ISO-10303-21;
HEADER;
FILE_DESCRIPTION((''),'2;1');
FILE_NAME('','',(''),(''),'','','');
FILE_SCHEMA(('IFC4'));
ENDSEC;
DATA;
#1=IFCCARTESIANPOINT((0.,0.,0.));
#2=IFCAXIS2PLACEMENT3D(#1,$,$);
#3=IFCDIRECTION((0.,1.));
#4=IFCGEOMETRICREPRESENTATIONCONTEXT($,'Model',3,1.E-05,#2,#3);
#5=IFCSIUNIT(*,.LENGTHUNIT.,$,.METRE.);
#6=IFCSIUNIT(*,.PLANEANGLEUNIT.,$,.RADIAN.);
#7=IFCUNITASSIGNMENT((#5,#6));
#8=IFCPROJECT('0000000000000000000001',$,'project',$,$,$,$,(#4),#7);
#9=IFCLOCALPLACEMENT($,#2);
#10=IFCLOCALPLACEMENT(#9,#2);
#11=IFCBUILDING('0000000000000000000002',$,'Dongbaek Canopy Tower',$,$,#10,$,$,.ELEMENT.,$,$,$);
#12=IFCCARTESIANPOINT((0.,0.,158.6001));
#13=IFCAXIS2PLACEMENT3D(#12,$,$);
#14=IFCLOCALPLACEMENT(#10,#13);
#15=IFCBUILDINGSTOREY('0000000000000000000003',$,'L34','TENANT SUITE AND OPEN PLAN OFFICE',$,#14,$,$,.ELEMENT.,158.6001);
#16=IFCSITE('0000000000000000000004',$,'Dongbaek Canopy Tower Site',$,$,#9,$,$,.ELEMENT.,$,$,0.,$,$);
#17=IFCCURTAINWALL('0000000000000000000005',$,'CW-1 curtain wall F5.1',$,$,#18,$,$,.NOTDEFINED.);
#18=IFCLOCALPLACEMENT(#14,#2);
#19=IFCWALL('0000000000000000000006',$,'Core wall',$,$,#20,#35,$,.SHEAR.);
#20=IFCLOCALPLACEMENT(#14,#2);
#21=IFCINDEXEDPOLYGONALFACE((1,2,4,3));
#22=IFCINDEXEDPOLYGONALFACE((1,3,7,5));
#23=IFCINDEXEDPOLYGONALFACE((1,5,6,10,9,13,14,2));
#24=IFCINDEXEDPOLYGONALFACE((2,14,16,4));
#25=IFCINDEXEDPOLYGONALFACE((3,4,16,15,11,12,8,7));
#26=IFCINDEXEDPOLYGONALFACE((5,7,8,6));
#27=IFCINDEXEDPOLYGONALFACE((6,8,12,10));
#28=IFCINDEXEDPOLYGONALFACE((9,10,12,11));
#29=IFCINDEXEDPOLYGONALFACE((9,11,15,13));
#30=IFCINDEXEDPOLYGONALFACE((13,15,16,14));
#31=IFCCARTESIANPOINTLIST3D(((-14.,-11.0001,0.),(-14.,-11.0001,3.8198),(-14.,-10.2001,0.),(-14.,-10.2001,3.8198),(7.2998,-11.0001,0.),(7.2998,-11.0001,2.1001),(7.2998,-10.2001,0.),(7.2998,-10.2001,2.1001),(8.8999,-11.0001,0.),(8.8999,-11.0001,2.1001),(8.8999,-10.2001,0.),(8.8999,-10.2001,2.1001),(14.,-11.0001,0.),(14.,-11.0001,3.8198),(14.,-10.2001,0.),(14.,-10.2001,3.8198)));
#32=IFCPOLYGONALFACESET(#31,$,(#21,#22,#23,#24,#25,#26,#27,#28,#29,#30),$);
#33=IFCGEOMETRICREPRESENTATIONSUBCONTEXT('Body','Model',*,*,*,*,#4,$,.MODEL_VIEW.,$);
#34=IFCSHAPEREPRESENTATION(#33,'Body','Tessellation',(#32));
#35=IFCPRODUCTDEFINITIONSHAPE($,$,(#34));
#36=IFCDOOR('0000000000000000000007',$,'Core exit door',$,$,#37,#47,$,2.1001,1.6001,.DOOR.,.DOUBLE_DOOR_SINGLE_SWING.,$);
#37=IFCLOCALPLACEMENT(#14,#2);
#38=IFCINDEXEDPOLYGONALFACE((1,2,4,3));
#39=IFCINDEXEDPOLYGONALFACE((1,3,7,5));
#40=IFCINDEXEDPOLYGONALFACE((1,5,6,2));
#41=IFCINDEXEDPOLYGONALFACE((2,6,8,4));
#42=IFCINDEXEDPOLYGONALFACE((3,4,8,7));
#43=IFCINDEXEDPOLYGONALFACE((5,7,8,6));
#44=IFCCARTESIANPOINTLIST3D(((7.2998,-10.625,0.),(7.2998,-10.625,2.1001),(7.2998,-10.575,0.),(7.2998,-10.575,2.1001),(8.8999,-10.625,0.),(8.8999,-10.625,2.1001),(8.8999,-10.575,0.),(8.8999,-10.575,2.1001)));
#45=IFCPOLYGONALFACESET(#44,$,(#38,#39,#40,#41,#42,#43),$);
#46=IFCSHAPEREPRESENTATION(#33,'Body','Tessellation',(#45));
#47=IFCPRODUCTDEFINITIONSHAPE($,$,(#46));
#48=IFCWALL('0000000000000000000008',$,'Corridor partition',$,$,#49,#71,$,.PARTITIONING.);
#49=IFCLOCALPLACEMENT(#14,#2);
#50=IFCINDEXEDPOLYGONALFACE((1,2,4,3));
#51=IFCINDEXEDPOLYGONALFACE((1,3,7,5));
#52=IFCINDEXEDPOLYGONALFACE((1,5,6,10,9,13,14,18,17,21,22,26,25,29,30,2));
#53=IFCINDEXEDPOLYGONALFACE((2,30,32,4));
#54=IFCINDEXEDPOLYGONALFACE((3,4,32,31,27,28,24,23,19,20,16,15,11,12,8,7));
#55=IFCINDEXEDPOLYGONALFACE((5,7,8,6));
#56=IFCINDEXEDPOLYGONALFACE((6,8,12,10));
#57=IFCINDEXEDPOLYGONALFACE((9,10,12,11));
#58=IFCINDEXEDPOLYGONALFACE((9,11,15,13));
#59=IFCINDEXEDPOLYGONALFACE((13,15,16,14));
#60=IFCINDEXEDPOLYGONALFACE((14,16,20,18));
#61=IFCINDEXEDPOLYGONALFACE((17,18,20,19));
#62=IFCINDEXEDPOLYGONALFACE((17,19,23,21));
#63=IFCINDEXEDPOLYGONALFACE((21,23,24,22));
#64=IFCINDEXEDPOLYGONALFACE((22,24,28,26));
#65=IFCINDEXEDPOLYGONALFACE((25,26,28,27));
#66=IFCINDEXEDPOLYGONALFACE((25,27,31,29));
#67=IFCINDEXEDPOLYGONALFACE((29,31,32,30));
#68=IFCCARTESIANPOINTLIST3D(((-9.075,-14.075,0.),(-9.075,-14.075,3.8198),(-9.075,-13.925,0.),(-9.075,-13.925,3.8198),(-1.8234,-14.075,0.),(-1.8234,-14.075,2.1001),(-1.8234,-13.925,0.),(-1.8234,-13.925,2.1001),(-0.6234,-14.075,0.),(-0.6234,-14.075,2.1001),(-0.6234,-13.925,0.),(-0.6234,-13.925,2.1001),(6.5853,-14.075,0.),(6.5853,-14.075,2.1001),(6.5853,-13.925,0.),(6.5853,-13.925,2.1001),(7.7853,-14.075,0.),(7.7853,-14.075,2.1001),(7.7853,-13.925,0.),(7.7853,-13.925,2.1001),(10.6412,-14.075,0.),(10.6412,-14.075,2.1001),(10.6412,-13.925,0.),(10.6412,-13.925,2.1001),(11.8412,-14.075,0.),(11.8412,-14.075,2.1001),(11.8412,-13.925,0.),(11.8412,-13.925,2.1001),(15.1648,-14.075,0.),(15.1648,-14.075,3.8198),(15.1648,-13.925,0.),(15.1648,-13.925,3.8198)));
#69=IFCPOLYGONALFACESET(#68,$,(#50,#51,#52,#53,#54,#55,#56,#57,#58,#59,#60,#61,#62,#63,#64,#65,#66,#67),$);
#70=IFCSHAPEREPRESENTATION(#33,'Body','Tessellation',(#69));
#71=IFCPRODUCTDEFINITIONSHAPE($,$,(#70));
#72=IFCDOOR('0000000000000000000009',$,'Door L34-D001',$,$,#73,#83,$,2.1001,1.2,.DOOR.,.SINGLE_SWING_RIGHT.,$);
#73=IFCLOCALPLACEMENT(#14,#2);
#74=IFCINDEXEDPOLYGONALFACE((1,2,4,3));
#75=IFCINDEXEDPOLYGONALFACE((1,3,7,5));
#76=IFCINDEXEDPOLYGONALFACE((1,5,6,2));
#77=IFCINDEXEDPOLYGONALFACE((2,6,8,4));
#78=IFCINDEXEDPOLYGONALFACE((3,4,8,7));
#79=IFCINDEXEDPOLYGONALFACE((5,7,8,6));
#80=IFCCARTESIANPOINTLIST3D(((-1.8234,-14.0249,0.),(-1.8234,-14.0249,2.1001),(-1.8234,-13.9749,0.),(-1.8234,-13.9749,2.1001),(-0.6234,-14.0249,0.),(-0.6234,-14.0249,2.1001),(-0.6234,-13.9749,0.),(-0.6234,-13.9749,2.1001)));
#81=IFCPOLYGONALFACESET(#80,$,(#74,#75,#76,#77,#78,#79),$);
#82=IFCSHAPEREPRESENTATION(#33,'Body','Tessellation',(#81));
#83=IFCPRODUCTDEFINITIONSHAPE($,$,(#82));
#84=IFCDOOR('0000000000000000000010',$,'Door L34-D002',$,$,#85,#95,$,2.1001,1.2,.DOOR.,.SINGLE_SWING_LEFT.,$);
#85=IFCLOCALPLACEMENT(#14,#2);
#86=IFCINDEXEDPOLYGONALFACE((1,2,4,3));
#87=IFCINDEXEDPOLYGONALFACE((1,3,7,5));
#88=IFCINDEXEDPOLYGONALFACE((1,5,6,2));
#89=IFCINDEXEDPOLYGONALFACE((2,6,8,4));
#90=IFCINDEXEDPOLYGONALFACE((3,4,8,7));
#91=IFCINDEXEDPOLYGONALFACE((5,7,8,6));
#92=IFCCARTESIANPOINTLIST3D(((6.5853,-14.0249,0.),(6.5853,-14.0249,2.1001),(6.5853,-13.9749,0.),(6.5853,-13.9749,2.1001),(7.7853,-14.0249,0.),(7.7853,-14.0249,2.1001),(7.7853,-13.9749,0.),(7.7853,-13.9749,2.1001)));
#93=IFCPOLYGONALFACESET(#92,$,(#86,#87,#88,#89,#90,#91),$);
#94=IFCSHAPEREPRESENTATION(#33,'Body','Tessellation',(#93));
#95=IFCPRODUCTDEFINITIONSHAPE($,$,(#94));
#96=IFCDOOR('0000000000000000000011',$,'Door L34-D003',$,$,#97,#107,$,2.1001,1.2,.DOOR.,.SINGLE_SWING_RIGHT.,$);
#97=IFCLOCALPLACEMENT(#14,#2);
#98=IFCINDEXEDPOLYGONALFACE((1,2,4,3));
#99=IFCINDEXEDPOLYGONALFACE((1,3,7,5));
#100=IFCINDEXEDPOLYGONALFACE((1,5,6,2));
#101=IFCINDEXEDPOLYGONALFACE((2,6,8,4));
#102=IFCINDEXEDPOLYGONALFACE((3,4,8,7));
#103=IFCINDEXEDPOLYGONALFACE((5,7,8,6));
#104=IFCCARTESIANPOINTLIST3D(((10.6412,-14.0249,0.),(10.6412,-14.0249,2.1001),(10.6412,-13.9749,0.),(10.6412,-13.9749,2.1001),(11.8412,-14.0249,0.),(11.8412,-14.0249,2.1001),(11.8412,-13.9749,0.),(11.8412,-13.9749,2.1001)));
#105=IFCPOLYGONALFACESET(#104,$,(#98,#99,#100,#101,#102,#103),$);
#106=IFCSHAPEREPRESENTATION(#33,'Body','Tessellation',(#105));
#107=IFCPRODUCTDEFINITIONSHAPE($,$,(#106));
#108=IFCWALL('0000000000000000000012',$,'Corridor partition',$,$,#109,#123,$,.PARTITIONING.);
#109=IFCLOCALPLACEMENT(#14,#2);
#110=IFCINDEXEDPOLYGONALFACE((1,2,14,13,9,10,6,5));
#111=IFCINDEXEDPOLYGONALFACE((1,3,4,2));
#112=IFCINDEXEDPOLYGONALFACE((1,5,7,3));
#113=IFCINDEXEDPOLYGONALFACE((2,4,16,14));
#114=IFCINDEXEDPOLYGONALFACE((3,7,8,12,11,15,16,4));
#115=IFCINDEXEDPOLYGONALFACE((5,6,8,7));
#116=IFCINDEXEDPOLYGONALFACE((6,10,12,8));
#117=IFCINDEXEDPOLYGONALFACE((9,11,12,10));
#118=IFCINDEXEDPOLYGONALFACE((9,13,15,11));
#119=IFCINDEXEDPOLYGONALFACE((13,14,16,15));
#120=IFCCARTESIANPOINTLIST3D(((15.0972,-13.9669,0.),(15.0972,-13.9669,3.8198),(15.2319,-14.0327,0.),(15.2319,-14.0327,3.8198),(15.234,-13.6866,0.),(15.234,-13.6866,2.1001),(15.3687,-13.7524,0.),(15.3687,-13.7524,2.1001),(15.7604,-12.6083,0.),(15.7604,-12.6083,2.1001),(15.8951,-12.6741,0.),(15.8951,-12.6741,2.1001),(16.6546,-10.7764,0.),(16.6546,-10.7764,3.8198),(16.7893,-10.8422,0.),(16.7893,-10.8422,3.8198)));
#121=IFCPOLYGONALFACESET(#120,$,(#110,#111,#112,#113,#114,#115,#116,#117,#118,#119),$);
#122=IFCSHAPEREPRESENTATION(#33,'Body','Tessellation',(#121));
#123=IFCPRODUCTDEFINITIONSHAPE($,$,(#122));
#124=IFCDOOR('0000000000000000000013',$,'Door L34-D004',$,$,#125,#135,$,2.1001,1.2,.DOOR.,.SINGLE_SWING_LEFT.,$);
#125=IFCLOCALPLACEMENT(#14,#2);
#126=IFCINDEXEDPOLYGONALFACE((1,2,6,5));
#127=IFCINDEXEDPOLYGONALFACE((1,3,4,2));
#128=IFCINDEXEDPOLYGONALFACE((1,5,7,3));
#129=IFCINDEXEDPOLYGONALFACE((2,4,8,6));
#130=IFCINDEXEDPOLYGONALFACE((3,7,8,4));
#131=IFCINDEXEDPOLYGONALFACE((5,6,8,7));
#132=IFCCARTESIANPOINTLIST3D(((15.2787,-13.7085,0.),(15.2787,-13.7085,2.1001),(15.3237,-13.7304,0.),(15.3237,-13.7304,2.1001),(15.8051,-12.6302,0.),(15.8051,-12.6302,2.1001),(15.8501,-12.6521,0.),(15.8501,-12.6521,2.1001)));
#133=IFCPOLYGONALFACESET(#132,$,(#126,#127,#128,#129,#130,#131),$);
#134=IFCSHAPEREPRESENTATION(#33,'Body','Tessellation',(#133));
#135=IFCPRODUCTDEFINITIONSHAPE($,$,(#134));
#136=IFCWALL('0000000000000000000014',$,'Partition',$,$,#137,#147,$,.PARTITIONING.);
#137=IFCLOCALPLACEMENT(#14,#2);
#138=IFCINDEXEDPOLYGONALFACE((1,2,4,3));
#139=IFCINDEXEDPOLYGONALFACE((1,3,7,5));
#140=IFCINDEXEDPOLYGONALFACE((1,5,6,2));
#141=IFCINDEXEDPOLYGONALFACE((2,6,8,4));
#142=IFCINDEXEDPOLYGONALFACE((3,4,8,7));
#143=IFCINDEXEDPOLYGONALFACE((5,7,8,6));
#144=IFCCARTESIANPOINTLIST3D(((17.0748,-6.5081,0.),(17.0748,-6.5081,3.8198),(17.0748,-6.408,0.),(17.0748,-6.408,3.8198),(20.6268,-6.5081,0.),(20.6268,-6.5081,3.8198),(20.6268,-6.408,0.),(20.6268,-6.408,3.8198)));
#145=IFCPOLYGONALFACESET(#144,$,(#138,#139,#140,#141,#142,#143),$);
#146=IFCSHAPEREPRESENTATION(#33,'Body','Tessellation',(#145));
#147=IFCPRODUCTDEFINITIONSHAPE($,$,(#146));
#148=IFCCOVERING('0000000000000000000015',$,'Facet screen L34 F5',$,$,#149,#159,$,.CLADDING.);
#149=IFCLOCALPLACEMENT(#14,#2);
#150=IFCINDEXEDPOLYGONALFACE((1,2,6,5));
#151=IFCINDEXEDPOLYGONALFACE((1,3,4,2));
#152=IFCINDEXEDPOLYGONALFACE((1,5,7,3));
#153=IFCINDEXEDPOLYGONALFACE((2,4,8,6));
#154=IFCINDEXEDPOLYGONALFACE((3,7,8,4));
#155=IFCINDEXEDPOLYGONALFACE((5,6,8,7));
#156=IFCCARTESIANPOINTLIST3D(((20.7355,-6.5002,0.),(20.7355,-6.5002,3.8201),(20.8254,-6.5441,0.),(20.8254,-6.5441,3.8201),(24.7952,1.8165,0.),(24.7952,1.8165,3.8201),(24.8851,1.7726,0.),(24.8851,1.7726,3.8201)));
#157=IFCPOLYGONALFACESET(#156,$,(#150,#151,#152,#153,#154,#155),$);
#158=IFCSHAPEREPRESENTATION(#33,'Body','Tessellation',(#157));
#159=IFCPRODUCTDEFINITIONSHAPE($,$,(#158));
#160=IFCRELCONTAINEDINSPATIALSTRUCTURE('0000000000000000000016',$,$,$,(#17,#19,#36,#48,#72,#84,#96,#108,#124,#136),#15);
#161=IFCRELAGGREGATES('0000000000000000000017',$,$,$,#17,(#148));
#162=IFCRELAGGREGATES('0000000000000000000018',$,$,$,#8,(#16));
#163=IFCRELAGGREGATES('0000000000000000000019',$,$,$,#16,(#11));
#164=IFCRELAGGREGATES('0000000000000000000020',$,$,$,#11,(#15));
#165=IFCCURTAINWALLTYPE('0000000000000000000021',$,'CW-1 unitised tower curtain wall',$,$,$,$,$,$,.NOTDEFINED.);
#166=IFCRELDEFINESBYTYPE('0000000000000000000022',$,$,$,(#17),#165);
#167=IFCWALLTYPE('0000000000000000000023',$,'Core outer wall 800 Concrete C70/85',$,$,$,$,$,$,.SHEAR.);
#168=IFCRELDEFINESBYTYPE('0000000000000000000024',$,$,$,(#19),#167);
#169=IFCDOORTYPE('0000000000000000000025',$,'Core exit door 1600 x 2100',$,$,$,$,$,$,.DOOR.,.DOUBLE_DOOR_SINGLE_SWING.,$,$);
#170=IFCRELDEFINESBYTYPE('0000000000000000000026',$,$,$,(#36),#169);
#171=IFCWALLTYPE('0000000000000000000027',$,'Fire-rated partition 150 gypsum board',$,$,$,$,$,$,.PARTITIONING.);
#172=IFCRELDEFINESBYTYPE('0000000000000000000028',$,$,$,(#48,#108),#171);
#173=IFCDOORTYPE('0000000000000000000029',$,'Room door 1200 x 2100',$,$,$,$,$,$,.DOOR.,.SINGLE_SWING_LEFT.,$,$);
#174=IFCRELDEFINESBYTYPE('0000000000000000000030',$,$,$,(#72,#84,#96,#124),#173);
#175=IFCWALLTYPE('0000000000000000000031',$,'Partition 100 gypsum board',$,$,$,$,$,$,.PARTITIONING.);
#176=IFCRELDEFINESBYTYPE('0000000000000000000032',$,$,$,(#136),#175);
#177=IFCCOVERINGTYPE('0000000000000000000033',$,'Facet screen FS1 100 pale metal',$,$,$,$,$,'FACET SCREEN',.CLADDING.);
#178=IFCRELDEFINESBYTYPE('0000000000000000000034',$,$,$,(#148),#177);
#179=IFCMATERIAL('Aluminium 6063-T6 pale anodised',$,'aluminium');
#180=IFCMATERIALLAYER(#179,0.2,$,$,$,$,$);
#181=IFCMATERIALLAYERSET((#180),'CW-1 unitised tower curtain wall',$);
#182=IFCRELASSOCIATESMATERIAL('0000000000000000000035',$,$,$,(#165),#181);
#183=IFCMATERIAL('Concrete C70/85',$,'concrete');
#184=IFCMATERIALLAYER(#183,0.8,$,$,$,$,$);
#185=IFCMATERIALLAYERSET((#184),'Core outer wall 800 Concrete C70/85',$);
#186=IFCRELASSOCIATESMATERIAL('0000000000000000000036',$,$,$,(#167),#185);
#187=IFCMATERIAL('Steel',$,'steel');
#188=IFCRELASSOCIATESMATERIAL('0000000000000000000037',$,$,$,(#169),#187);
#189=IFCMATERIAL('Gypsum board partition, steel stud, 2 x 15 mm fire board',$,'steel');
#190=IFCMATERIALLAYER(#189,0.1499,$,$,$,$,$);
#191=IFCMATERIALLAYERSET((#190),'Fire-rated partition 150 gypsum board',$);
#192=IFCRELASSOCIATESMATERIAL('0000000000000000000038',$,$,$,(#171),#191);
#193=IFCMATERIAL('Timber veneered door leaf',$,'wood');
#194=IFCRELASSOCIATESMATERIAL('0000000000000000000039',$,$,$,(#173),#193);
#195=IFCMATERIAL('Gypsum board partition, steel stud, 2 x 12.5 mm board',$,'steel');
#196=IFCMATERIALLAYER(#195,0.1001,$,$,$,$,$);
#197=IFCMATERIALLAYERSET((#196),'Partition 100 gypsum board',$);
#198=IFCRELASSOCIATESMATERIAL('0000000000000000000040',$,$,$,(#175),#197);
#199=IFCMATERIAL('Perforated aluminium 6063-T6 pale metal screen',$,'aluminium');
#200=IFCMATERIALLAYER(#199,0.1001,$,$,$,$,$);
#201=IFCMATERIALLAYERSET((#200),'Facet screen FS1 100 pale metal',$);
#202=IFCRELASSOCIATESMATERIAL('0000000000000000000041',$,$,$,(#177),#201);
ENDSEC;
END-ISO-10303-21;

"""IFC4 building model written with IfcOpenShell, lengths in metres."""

from ifc_helpers import new_model, si_unit, direction, frame, frame_2d, origin, origin_2d, place, context, subcontext, project, spatial, rectangle, extrude, material, layer, layer_set, type_object, element, fill, aggregate, save


model = new_model("IFC4")

# Units and contexts
model_context = context("Model", 3, precision=1e-05, world=origin(), true_north=direction((0.0, 1.0)))
body_context = subcontext(model_context, "Body", "Model", "MODEL_VIEW")
ifc_project = project(units=[si_unit("LENGTHUNIT", "METRE"), si_unit("PLANEANGLEUNIT", "RADIAN")], contexts=[model_context])

# Site, building, storey
site_placement = place(None, origin())
site = spatial("IfcSite", under=ifc_project, at=site_placement, Name="Dongbaek Canopy Tower Site", CompositionType="ELEMENT", RefElevation=0.0)
building_placement = place(site_placement, origin())
building = spatial("IfcBuilding", under=site, at=building_placement, Name="Dongbaek Canopy Tower", CompositionType="ELEMENT")
storey_placement = place(building_placement, frame((0.0, 0.0, 158.6001)))
storey = spatial("IfcBuildingStorey", under=building, at=storey_placement, Name="L34", Description="TENANT SUITE AND OPEN PLAN OFFICE", CompositionType="ELEMENT", Elevation=158.6001)

# Curtain wall
ifc_material_1 = material(Name="Aluminium 6063-T6 pale anodised", Category="aluminium")
ifc_layer_1 = layer(ifc_material_1, 0.2)
ifc_layer_set_1 = layer_set([ifc_layer_1], Name="CW-1 unitised tower curtain wall")
curtain_wall_type = type_object("IfcCurtainWallType", Name="CW-1 unitised tower curtain wall", PredefinedType="NOTDEFINED", material=ifc_layer_set_1)
curtain_wall_placement = place(storey_placement, origin())
curtain_wall = element("IfcCurtainWall", 1, at=curtain_wall_placement, inside=storey, type_object=curtain_wall_type, Name="CW-1 curtain wall F5.1", PredefinedType="NOTDEFINED")

# Wall, opening, door
ifc_material_2 = material(Name="Concrete C70/85", Category="concrete")
ifc_layer_2 = layer(ifc_material_2, 0.8)
ifc_layer_set_2 = layer_set([ifc_layer_2], Name="Core outer wall 800 Concrete C70/85")
wall_type_1 = type_object("IfcWallType", Name="Core outer wall 800 Concrete C70/85", PredefinedType="SHEAR", material=ifc_layer_set_2)
wall_1_placement = place(storey_placement, frame((14.0, -10.6001, 0.0), z_axis=(0.0, 0.0, 1.0), x_axis=(-1.0, 0.0, 0.0)))
wall_1 = element("IfcWall", 2, at=wall_1_placement, inside=storey, type_object=wall_type_1, Name="Core wall", PredefinedType="SHEAR", context=body_context, shape_type="SweptSolid", body=[
    extrude(rectangle(XDim=28.0, YDim=0.8, at=frame_2d((14.0, 0.0))), origin(), (0.0, 0.0, 1.0), 3.8198),
])
opening_1_placement = place(wall_1_placement, frame((5.1001, 0.0, 0.0)))
opening_1 = element("IfcOpeningElement", 3, at=opening_1_placement, cuts=wall_1, PredefinedType="OPENING", context=body_context, shape_type="SweptSolid", body=[
    extrude(rectangle(XDim=1.6001, YDim=2.1001, at=frame_2d((0.8, 1.05))), frame((0.0, 0.4099, 0.0), z_axis=(0.0, -1.0, 0.0), x_axis=(1.0, 0.0, 0.0)), (0.0, 0.0, 1.0), 0.8201),
])
ifc_material_3 = material(Name="Steel", Category="steel")
door_type_1 = type_object("IfcDoorType", Name="Core exit door 1600 x 2100", OperationType="DOUBLE_DOOR_SINGLE_SWING", PredefinedType="DOOR", material=ifc_material_3)
door_1_placement = place(opening_1_placement, origin())
door_1 = element("IfcDoor", 4, at=door_1_placement, inside=storey, type_object=door_type_1, Name="Core exit door", OperationType="DOUBLE_DOOR_SINGLE_SWING", OverallHeight=2.1001, OverallWidth=1.6001, PredefinedType="DOOR", context=body_context, shape_type="SweptSolid", body=[
    extrude(rectangle(XDim=1.6001, YDim=2.1001, at=frame_2d((0.8, 1.05))), frame((0.0, 0.0249, 0.0), z_axis=(0.0, -1.0, 0.0), x_axis=(1.0, 0.0, 0.0)), (0.0, 0.0, 1.0), 0.05),
])
fill(opening_1, door_1)

# Wall, openings, doors
ifc_material_4 = material(Name="Gypsum board partition, steel stud, 2 x 15 mm fire board", Category="steel")
ifc_layer_3 = layer(ifc_material_4, 0.1499)
ifc_layer_set_3 = layer_set([ifc_layer_3], Name="Fire-rated partition 150 gypsum board")
wall_type_2 = type_object("IfcWallType", Name="Fire-rated partition 150 gypsum board", PredefinedType="PARTITIONING", material=ifc_layer_set_3)
wall_2_placement = place(storey_placement, frame((15.1648, -14.0, 0.0), z_axis=(0.0, 0.0, 1.0), x_axis=(-1.0, 0.0, 0.0)))
wall_2 = element("IfcWall", 5, at=wall_2_placement, inside=storey, type_object=wall_type_2, Name="Corridor partition", PredefinedType="PARTITIONING", context=body_context, shape_type="SweptSolid", body=[
    extrude(rectangle(XDim=24.2397, YDim=0.1499, at=frame_2d((12.1199, 0.0))), origin(), (0.0, 0.0, 1.0), 3.8198),
])
opening_2_placement = place(wall_2_placement, frame((15.7881, 0.0, 0.0)))
opening_2 = element("IfcOpeningElement", 6, at=opening_2_placement, cuts=wall_2, PredefinedType="OPENING", context=body_context, shape_type="SweptSolid", body=[
    extrude(rectangle(XDim=1.2, YDim=2.1001, at=frame_2d((0.6001, 1.05))), frame((0.0, 0.085, 0.0), z_axis=(0.0, -1.0, 0.0), x_axis=(1.0, 0.0, 0.0)), (0.0, 0.0, 1.0), 0.1699),
])
opening_3_placement = place(wall_2_placement, frame((7.3794, 0.0, 0.0)))
opening_3 = element("IfcOpeningElement", 7, at=opening_3_placement, cuts=wall_2, PredefinedType="OPENING", context=body_context, shape_type="SweptSolid", body=[
    extrude(rectangle(XDim=1.2, YDim=2.1001, at=frame_2d((0.6001, 1.05))), frame((0.0, 0.085, 0.0), z_axis=(0.0, -1.0, 0.0), x_axis=(1.0, 0.0, 0.0)), (0.0, 0.0, 1.0), 0.1699),
])
opening_4_placement = place(wall_2_placement, frame((3.3235, 0.0, 0.0)))
opening_4 = element("IfcOpeningElement", 8, at=opening_4_placement, cuts=wall_2, PredefinedType="OPENING", context=body_context, shape_type="SweptSolid", body=[
    extrude(rectangle(XDim=1.2, YDim=2.1001, at=frame_2d((0.6001, 1.05))), frame((0.0, 0.085, 0.0), z_axis=(0.0, -1.0, 0.0), x_axis=(1.0, 0.0, 0.0)), (0.0, 0.0, 1.0), 0.1699),
])
ifc_material_5 = material(Name="Timber veneered door leaf", Category="wood")
door_type_2 = type_object("IfcDoorType", Name="Room door 1200 x 2100", OperationType="SINGLE_SWING_LEFT", PredefinedType="DOOR", material=ifc_material_5)
door_2_placement = place(opening_2_placement, origin())
door_2 = element("IfcDoor", 9, at=door_2_placement, inside=storey, type_object=door_type_2, Name="Door L34-D001", OperationType="SINGLE_SWING_RIGHT", OverallHeight=2.1001, OverallWidth=1.2, PredefinedType="DOOR", context=body_context, shape_type="SweptSolid", body=[
    extrude(rectangle(XDim=1.2, YDim=2.1001, at=frame_2d((0.6001, 1.05))), frame((0.0, 0.0249, 0.0), z_axis=(0.0, -1.0, 0.0), x_axis=(1.0, 0.0, 0.0)), (0.0, 0.0, 1.0), 0.05),
])
fill(opening_2, door_2)
door_3_placement = place(opening_3_placement, origin())
door_3 = element("IfcDoor", 10, at=door_3_placement, inside=storey, type_object=door_type_2, Name="Door L34-D002", OperationType="SINGLE_SWING_LEFT", OverallHeight=2.1001, OverallWidth=1.2, PredefinedType="DOOR", context=body_context, shape_type="SweptSolid", body=[
    extrude(rectangle(XDim=1.2, YDim=2.1001, at=frame_2d((0.6001, 1.05))), frame((0.0, 0.0249, 0.0), z_axis=(0.0, -1.0, 0.0), x_axis=(1.0, 0.0, 0.0)), (0.0, 0.0, 1.0), 0.05),
])
fill(opening_3, door_3)
door_4_placement = place(opening_4_placement, origin())
door_4 = element("IfcDoor", 11, at=door_4_placement, inside=storey, type_object=door_type_2, Name="Door L34-D003", OperationType="SINGLE_SWING_RIGHT", OverallHeight=2.1001, OverallWidth=1.2, PredefinedType="DOOR", context=body_context, shape_type="SweptSolid", body=[
    extrude(rectangle(XDim=1.2, YDim=2.1001, at=frame_2d((0.6001, 1.05))), frame((0.0, 0.0249, 0.0), z_axis=(0.0, -1.0, 0.0), x_axis=(1.0, 0.0, 0.0)), (0.0, 0.0, 1.0), 0.05),
])
fill(opening_4, door_4)

# Wall, opening, door
wall_3_placement = place(storey_placement, frame((16.7219, -10.8093, 0.0), z_axis=(0.0, 0.0, 1.0), x_axis=(-0.438666, -0.89865, 0.0)))
wall_3 = element("IfcWall", 12, at=wall_3_placement, inside=storey, type_object=wall_type_2, Name="Corridor partition", PredefinedType="PARTITIONING", context=body_context, shape_type="SweptSolid", body=[
    extrude(rectangle(XDim=3.5503, YDim=0.1499, at=frame_2d((1.7751, 0.0))), origin(), (0.0, 0.0, 1.0), 3.8198),
])
opening_5_placement = place(wall_3_placement, frame((2.0383, 0.0, 0.0)))
opening_5 = element("IfcOpeningElement", 13, at=opening_5_placement, cuts=wall_3, PredefinedType="OPENING", context=body_context, shape_type="SweptSolid", body=[
    extrude(rectangle(XDim=1.2, YDim=2.1001, at=frame_2d((0.6001, 1.05))), frame((0.0, 0.085, 0.0), z_axis=(0.0, -1.0, 0.0), x_axis=(1.0, 0.0, 0.0)), (0.0, 0.0, 1.0), 0.1699),
])
door_5_placement = place(opening_5_placement, origin())
door_5 = element("IfcDoor", 14, at=door_5_placement, inside=storey, type_object=door_type_2, Name="Door L34-D004", OperationType="SINGLE_SWING_LEFT", OverallHeight=2.1001, OverallWidth=1.2, PredefinedType="DOOR", context=body_context, shape_type="SweptSolid", body=[
    extrude(rectangle(XDim=1.2, YDim=2.1001, at=frame_2d((0.6001, 1.05))), frame((0.0, 0.0249, 0.0), z_axis=(0.0, -1.0, 0.0), x_axis=(1.0, 0.0, 0.0)), (0.0, 0.0, 1.0), 0.05),
])
fill(opening_5, door_5)

# Wall
ifc_material_6 = material(Name="Gypsum board partition, steel stud, 2 x 12.5 mm board", Category="steel")
ifc_layer_4 = layer(ifc_material_6, 0.1001)
ifc_layer_set_4 = layer_set([ifc_layer_4], Name="Partition 100 gypsum board")
wall_type_3 = type_object("IfcWallType", Name="Partition 100 gypsum board", PredefinedType="PARTITIONING", material=ifc_layer_set_4)
wall_4_placement = place(storey_placement, frame((17.075, -6.458, 0.0), z_axis=(0.0, 0.0, 1.0), x_axis=(1.0, 0.0, 0.0)))
element("IfcWall", 15, at=wall_4_placement, inside=storey, type_object=wall_type_3, Name="Partition", PredefinedType="PARTITIONING", context=body_context, shape_type="SweptSolid", body=[
    extrude(rectangle(XDim=3.552, YDim=0.1001, at=frame_2d((1.7759, 0.0))), origin(), (0.0, 0.0, 1.0), 3.8198),
])

# Covering
ifc_material_7 = material(Name="Perforated aluminium 6063-T6 pale metal screen", Category="aluminium")
ifc_layer_5 = layer(ifc_material_7, 0.1001)
ifc_layer_set_5 = layer_set([ifc_layer_5], Name="Facet screen FS1 100 pale metal")
covering_type = type_object("IfcCoveringType", Name="Facet screen FS1 100 pale metal", ElementType="FACET SCREEN", PredefinedType="CLADDING", material=ifc_layer_set_5)
covering_placement = place(storey_placement, frame((22.8103, -2.3638, 0.0), z_axis=(0.0, 0.0, 1.0), x_axis=(0.438664, 0.898651, 0.0)))
covering = element("IfcCovering", 16, at=covering_placement, type_object=covering_type, Name="Facet screen L34 F5", PredefinedType="CLADDING", context=body_context, shape_type="SweptSolid", body=[
    extrude(rectangle(XDim=9.2546, YDim=0.1001, at=origin_2d()), origin(), (0.0, 0.0, 1.0), 3.8201),
])
aggregate(curtain_wall, [covering])

save(model, "model.ifc")
